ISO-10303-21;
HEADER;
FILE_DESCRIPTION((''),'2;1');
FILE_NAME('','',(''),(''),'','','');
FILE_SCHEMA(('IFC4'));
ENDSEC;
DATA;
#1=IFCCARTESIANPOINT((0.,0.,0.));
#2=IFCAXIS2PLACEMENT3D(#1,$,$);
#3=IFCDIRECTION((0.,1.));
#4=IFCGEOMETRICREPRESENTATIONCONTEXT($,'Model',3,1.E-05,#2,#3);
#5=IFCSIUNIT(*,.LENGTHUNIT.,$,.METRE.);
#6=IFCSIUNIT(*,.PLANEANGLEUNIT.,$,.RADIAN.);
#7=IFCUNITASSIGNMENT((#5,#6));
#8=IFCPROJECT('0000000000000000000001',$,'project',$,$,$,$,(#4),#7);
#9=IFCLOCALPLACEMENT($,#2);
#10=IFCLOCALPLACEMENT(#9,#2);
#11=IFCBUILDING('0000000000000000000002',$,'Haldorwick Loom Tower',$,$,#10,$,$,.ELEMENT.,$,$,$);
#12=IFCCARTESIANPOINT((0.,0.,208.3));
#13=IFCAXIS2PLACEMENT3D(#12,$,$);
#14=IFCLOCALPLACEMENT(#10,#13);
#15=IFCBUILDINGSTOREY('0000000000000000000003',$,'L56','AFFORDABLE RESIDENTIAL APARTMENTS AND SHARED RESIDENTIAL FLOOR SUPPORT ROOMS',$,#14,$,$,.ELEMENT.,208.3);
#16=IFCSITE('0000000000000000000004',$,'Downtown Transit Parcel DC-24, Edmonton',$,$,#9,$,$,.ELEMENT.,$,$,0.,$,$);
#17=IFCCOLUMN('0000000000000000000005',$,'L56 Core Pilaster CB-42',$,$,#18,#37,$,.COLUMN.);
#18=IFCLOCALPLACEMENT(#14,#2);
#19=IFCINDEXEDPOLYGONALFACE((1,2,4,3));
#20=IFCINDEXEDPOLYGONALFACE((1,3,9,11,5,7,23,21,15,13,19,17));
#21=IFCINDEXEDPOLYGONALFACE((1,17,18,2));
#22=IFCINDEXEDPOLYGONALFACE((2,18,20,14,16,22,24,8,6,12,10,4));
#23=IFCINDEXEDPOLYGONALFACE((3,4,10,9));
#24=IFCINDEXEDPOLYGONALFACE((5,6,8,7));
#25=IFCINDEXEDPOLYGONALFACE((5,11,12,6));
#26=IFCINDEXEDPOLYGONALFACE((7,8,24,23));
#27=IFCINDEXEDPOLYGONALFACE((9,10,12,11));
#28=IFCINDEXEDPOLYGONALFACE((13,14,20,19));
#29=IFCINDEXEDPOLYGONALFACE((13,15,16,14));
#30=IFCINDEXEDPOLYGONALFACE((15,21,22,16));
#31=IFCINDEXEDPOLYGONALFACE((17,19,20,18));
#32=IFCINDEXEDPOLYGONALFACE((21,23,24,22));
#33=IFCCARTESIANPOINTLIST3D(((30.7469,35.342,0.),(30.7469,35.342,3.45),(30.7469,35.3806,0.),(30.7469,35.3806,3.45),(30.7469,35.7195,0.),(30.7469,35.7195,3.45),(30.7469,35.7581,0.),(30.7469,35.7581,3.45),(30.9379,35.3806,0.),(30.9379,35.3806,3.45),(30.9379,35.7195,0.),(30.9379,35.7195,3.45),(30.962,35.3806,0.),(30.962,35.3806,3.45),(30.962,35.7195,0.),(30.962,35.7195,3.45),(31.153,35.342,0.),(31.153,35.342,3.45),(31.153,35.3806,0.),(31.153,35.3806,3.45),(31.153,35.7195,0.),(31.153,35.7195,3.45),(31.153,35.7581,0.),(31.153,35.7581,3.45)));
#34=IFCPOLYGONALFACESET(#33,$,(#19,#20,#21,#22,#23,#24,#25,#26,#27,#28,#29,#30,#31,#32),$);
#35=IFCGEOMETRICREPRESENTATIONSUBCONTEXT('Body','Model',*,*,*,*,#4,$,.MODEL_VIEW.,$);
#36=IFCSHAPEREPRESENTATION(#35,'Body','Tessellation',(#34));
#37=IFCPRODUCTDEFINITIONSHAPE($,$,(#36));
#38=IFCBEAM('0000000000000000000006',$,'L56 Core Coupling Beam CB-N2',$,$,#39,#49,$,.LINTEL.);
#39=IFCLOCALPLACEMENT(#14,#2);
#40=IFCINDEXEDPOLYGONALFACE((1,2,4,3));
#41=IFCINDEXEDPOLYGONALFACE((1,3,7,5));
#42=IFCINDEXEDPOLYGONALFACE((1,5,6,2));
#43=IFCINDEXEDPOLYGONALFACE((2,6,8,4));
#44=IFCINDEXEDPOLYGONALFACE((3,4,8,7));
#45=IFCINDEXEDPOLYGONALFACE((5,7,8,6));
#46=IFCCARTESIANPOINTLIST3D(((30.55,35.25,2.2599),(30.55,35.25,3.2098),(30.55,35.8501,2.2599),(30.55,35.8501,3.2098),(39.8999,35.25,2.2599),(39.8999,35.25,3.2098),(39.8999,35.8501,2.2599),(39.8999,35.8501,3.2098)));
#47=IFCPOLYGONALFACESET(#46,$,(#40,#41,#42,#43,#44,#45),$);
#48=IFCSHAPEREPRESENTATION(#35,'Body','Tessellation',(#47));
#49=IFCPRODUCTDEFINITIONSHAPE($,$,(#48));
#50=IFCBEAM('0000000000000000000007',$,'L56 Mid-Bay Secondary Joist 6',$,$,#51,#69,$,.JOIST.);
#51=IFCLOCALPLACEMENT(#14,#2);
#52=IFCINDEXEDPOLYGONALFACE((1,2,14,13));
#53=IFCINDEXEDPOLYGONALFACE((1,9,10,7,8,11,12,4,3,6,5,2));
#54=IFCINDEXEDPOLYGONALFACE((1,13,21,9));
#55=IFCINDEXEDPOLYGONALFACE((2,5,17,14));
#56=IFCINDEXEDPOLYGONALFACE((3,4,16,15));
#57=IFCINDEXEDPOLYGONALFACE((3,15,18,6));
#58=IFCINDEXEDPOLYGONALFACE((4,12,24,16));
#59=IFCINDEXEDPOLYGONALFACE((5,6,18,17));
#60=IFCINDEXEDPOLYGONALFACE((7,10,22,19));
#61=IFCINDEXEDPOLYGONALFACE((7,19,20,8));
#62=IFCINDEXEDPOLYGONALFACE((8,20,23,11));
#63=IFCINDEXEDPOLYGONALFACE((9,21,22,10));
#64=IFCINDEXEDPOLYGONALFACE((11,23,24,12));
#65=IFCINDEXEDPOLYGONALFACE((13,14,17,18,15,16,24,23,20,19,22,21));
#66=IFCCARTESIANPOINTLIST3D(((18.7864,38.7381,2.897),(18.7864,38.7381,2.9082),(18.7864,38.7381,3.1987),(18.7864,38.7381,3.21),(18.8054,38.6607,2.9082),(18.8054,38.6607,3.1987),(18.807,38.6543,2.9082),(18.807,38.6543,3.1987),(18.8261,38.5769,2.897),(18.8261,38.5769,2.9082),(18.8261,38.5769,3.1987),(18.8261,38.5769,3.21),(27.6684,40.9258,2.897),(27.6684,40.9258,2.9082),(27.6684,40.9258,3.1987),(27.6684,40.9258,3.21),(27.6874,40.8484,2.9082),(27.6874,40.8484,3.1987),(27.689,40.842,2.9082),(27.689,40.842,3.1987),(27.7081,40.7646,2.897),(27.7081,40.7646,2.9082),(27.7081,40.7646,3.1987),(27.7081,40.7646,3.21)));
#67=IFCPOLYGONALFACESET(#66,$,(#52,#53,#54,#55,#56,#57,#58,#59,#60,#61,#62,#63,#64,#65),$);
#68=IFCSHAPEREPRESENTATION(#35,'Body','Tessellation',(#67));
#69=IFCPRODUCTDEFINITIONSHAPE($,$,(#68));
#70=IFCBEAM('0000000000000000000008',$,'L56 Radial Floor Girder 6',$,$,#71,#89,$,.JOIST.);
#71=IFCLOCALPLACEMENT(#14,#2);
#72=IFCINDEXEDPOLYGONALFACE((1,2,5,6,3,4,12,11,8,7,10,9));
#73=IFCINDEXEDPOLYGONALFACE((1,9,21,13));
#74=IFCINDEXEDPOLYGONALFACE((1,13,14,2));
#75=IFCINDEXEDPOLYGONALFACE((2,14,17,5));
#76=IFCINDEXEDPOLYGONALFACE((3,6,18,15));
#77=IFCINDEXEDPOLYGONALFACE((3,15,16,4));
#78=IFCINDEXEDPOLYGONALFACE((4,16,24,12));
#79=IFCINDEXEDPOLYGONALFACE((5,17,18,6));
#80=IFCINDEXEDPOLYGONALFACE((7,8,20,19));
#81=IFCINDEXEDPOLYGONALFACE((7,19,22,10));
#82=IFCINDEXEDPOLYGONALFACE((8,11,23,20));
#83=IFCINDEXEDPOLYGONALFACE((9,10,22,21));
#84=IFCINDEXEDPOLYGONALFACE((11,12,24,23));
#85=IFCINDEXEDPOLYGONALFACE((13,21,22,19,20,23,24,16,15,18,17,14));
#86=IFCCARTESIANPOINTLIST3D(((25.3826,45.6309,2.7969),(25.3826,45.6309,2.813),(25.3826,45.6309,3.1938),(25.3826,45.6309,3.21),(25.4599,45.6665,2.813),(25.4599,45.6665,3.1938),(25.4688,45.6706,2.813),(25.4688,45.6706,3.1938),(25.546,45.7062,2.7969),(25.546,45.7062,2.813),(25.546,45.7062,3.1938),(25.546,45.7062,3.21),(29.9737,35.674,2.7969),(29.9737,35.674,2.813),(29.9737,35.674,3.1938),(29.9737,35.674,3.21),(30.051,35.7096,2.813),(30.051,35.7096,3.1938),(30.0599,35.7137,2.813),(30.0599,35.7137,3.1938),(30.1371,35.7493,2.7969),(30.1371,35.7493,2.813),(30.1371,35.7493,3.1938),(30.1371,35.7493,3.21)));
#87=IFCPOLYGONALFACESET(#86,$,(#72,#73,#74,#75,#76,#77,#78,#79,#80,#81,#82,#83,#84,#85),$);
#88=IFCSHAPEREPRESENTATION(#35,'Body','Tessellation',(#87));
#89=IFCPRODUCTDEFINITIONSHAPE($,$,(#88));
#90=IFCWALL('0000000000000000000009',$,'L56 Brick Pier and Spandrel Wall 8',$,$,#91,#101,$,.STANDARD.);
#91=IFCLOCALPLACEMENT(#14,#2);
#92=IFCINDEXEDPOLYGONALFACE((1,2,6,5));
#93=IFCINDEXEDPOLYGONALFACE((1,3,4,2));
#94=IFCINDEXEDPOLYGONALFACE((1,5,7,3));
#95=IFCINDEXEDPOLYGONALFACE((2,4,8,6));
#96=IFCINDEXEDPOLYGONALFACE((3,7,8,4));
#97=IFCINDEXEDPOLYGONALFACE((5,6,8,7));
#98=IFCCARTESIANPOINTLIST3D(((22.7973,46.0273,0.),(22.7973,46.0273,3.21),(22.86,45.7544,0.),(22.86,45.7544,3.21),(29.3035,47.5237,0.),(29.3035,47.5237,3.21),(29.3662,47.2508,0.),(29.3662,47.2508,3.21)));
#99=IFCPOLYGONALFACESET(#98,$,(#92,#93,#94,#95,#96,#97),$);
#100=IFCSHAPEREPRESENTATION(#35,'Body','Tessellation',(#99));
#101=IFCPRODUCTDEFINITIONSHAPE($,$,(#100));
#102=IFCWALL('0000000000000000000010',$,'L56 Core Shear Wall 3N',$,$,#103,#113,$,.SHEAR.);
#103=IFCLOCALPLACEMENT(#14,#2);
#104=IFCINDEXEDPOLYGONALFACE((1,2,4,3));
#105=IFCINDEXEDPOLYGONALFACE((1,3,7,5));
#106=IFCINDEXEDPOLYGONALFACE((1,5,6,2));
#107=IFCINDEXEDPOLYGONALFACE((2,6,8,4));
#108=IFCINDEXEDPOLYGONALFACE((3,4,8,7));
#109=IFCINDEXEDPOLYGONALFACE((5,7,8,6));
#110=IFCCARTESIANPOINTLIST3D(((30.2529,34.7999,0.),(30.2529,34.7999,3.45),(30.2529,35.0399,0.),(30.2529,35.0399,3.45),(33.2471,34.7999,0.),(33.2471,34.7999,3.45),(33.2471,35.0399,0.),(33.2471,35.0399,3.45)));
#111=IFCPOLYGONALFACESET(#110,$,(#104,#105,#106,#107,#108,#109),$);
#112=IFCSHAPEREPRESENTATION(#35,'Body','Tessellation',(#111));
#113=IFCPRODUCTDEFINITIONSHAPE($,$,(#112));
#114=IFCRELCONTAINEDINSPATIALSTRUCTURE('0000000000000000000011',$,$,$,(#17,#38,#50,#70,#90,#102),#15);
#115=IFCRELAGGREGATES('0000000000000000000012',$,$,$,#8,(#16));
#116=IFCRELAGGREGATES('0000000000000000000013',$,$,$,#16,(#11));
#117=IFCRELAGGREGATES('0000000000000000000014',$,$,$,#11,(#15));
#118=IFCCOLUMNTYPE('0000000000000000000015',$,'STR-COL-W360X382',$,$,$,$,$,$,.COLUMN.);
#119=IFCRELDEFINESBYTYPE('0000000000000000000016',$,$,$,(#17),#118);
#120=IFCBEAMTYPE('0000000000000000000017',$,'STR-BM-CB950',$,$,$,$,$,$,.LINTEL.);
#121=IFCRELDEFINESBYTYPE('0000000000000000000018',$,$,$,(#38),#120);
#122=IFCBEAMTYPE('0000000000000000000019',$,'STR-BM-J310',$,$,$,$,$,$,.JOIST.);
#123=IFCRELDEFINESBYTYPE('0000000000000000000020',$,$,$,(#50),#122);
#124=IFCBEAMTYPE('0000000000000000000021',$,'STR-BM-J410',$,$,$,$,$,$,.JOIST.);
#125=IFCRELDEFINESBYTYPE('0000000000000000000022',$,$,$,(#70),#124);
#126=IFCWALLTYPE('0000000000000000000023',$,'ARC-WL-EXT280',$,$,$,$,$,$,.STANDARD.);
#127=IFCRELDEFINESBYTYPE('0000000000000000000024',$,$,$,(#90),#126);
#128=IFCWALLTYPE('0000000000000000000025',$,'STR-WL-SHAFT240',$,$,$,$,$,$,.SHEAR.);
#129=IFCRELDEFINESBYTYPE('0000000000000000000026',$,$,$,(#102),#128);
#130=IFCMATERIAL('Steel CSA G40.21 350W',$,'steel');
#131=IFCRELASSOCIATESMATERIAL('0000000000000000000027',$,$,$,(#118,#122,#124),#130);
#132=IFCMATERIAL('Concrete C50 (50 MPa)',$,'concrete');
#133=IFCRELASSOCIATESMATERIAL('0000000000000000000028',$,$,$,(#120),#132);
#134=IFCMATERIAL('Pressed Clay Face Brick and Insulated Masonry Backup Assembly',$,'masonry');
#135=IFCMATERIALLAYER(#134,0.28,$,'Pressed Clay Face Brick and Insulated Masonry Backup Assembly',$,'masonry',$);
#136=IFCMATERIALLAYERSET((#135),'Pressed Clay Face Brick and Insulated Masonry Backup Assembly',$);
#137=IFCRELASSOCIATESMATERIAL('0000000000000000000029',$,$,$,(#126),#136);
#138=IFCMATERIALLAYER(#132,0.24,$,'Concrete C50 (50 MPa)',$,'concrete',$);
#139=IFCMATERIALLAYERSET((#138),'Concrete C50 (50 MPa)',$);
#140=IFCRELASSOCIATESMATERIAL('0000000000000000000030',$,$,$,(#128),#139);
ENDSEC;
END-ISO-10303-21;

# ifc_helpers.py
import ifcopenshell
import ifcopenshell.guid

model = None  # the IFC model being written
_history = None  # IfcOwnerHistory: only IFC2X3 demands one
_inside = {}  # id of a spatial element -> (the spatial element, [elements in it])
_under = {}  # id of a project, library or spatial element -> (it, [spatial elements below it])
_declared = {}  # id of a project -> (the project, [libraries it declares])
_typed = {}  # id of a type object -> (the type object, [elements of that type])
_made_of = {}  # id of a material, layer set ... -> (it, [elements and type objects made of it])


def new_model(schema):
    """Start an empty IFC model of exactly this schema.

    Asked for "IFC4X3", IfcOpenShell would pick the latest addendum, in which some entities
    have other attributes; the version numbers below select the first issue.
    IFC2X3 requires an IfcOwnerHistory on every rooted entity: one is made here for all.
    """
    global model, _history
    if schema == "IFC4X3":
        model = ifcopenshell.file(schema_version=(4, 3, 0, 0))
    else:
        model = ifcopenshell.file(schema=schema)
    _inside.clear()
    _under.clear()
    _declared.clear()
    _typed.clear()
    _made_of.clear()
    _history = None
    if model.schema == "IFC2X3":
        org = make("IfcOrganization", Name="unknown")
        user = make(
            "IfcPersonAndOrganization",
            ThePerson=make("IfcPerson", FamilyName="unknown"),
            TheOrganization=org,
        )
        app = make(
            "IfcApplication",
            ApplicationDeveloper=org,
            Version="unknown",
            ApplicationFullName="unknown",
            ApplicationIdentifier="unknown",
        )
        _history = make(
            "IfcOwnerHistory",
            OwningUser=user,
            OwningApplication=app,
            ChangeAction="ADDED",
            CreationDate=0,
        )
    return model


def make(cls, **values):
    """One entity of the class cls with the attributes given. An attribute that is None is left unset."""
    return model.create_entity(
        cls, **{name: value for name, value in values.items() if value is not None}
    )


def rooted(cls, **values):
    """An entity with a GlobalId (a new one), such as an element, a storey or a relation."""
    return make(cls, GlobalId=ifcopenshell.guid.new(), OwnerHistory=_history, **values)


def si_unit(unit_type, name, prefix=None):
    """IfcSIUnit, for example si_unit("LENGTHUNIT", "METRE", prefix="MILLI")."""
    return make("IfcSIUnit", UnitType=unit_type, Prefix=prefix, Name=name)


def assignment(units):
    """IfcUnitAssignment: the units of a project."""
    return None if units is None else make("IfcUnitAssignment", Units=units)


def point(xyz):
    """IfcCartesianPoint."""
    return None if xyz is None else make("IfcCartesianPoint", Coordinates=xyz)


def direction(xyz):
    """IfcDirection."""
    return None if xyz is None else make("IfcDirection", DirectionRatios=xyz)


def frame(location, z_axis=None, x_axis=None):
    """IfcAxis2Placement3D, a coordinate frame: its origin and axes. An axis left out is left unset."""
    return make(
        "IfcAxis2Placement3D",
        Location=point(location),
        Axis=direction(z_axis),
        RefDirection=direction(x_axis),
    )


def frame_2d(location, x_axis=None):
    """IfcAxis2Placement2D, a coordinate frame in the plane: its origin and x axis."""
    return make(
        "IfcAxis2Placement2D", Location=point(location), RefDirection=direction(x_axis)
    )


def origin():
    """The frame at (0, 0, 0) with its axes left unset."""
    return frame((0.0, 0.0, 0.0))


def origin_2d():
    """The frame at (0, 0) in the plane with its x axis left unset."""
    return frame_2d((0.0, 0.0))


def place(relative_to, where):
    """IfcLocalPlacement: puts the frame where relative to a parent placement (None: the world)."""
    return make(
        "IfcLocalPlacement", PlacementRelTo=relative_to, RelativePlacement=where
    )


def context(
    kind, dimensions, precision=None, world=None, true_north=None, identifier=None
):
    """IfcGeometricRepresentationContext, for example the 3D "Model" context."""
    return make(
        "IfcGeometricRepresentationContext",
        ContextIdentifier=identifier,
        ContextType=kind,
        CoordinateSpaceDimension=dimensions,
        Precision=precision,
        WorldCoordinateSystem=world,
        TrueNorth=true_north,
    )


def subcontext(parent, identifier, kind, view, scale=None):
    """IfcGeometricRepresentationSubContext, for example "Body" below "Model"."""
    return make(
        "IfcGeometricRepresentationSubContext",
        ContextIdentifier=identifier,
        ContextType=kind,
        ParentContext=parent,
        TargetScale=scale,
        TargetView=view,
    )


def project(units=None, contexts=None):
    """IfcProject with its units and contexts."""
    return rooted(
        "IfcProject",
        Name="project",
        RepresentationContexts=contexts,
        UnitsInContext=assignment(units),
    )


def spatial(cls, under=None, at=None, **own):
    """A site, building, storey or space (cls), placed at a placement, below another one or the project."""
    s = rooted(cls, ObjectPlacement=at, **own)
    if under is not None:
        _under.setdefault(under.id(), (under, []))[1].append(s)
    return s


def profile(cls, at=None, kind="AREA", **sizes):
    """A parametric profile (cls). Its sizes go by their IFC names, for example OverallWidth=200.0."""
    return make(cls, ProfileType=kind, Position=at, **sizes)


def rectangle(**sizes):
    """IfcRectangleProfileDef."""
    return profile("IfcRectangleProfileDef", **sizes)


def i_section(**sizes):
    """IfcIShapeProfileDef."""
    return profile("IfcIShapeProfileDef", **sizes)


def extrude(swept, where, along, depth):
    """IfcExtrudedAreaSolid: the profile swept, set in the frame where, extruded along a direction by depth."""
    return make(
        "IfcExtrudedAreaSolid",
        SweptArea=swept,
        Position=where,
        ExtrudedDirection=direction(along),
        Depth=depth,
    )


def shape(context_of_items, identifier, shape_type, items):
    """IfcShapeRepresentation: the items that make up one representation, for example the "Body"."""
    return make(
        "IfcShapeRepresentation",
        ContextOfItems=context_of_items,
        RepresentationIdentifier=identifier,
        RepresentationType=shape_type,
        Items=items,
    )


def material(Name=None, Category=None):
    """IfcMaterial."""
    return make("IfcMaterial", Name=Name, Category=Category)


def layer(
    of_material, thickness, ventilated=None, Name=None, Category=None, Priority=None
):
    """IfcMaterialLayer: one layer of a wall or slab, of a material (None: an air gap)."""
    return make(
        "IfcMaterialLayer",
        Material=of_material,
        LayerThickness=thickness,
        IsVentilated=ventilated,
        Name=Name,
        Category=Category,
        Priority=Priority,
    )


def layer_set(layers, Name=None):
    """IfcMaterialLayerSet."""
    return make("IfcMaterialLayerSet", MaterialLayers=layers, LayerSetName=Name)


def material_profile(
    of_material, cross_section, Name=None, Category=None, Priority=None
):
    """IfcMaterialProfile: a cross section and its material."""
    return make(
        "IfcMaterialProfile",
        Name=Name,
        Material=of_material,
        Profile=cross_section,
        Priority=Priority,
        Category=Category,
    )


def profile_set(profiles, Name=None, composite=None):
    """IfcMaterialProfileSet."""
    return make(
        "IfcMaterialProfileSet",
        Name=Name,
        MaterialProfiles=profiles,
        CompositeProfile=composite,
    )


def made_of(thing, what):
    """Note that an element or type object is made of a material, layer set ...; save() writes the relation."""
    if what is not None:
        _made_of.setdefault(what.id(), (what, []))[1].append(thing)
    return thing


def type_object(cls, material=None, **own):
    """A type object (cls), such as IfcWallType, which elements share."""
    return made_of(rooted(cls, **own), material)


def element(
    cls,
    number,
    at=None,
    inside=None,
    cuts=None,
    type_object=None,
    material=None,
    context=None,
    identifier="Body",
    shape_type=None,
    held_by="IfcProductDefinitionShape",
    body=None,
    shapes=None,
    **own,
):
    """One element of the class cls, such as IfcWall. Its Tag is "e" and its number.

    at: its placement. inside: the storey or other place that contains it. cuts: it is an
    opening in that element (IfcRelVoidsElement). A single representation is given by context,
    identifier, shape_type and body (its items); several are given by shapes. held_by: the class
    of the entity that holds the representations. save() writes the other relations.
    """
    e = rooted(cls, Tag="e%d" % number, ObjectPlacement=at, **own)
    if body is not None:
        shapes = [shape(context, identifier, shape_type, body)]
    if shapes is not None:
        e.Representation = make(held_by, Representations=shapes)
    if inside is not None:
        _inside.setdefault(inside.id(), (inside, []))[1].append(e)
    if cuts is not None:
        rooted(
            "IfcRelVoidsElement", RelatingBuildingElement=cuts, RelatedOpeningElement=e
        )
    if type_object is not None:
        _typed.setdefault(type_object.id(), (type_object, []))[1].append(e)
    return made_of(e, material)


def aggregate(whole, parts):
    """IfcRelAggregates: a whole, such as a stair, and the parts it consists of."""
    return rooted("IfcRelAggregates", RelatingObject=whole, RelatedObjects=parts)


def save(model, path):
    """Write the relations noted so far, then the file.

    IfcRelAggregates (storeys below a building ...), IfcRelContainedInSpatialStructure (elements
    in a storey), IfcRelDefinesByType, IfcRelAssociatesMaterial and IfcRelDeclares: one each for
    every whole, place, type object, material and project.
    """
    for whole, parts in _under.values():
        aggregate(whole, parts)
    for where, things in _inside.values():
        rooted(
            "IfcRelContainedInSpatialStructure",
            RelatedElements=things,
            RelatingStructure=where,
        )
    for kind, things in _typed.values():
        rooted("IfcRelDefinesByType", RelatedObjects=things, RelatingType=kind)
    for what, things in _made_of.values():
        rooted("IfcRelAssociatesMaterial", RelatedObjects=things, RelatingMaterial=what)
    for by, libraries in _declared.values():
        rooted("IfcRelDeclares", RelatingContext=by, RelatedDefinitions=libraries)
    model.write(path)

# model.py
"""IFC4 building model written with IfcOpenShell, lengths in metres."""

from ifc_helpers import new_model, si_unit, direction, frame, frame_2d, origin, origin_2d, place, context, subcontext, project, spatial, rectangle, i_section, extrude, material, layer, layer_set, material_profile, profile_set, type_object, element, save


model = new_model("IFC4")

# Units and contexts
model_context = context("Model", 3, precision=1e-05, world=origin(), true_north=direction((0.0, 1.0)))
body_context = subcontext(model_context, "Body", "Model", "MODEL_VIEW")
ifc_project = project(units=[si_unit("LENGTHUNIT", "METRE"), si_unit("PLANEANGLEUNIT", "RADIAN")], contexts=[model_context])

# Site, building, storey
site_placement = place(None, origin())
site = spatial("IfcSite", under=ifc_project, at=site_placement, Name="Downtown Transit Parcel DC-24, Edmonton", CompositionType="ELEMENT", RefElevation=0.0)
building_placement = place(site_placement, origin())
building = spatial("IfcBuilding", under=site, at=building_placement, Name="Haldorwick Loom Tower", CompositionType="ELEMENT")
storey_placement = place(building_placement, frame((0.0, 0.0, 208.3)))
storey = spatial("IfcBuildingStorey", under=building, at=storey_placement, Name="L56", Description="AFFORDABLE RESIDENTIAL APARTMENTS AND SHARED RESIDENTIAL FLOOR SUPPORT ROOMS", CompositionType="ELEMENT", Elevation=208.3)

# Column
ifc_material_1 = material(Name="Steel CSA G40.21 350W", Category="steel")
ifc_material_profile_1 = material_profile(ifc_material_1, i_section(OverallWidth=0.406, OverallDepth=0.416, WebThickness=0.0242, FlangeThickness=0.0386, at=origin_2d()), Name="W360X382", Category="steel")
ifc_profile_set_1 = profile_set([ifc_material_profile_1], Name="Steel CSA G40.21 350W")
column_type_1 = type_object("IfcColumnType", Name="STR-COL-W360X382", PredefinedType="COLUMN", material=ifc_profile_set_1)
for number, where, z_axis, x_axis, name in (
    (1, (30.95, 35.55, 0.0), (0.0, 0.0, 1.0), (1.0, 0.0, 0.0), "L56 Core Pilaster CB-42"),
):
    element("IfcColumn", number, at=place(storey_placement, frame(where, z_axis=z_axis, x_axis=x_axis)), inside=storey, type_object=column_type_1, Name=name, PredefinedType="COLUMN", context=body_context, shape_type="SweptSolid", body=[
        extrude(i_section(OverallWidth=0.406, OverallDepth=0.416, WebThickness=0.0242, FlangeThickness=0.0386, at=origin_2d()), origin(), (0.0, 0.0, 1.0), 3.45),
    ])

# Beams
ifc_material_2 = material(Name="Concrete C50 (50 MPa)", Category="concrete")
ifc_material_profile_2 = material_profile(ifc_material_2, rectangle(XDim=0.6001, YDim=0.95, at=origin_2d()), Name="RC600X950", Category="concrete")
ifc_profile_set_2 = profile_set([ifc_material_profile_2], Name="Concrete C50 (50 MPa)")
beam_type_1 = type_object("IfcBeamType", Name="STR-BM-CB950", PredefinedType="LINTEL", material=ifc_profile_set_2)
beam_1_placement = place(storey_placement, frame((30.55, 35.55, 2.7349), z_axis=(1.0, 0.0, 0.0), x_axis=(0.0, 1.0, 0.0)))
element("IfcBeam", 2, at=beam_1_placement, inside=storey, type_object=beam_type_1, Name="L56 Core Coupling Beam CB-N2", PredefinedType="LINTEL", context=body_context, shape_type="SweptSolid", body=[
    extrude(rectangle(XDim=0.6001, YDim=0.95, at=origin_2d()), origin(), (0.0, 0.0, 1.0), 9.3499),
])
ifc_material_profile_3 = material_profile(ifc_material_1, i_section(OverallWidth=0.166, OverallDepth=0.313, WebThickness=0.0066, FlangeThickness=0.0112, at=origin_2d()), Name="W310X45", Category="steel")
ifc_profile_set_3 = profile_set([ifc_material_profile_3], Name="Steel CSA G40.21 350W")
beam_type_2 = type_object("IfcBeamType", Name="STR-BM-J310", PredefinedType="JOIST", material=ifc_profile_set_3)
beam_2_placement = place(storey_placement, frame((27.6882, 40.8452, 3.0535), z_axis=(-0.97098, -0.239162, 0.0), x_axis=(0.239162, -0.97098, 0.0)))
element("IfcBeam", 3, at=beam_2_placement, inside=storey, type_object=beam_type_2, Name="L56 Mid-Bay Secondary Joist 6", PredefinedType="JOIST", context=body_context, shape_type="SweptSolid", body=[
    extrude(i_section(OverallWidth=0.166, OverallDepth=0.313, WebThickness=0.0066, FlangeThickness=0.0112, at=origin_2d()), origin(), (0.0, 0.0, 1.0), 9.1475),
])
ifc_material_profile_4 = material_profile(ifc_material_1, i_section(OverallWidth=0.1799, OverallDepth=0.4131, WebThickness=0.0098, FlangeThickness=0.0161, at=origin_2d()), Name="W410X74", Category="steel")
ifc_profile_set_4 = profile_set([ifc_material_profile_4], Name="Steel CSA G40.21 350W")
beam_type_3 = type_object("IfcBeamType", Name="STR-BM-J410", PredefinedType="JOIST", material=ifc_profile_set_4)
beam_3_placement = place(storey_placement, frame((30.0554, 35.7117, 3.0034), z_axis=(-0.418729, 0.908111, 0.0), x_axis=(-0.908111, -0.418729, 0.0)))
element("IfcBeam", 4, at=beam_3_placement, inside=storey, type_object=beam_type_3, Name="L56 Radial Floor Girder 6", PredefinedType="JOIST", context=body_context, shape_type="SweptSolid", body=[
    extrude(i_section(OverallWidth=0.1799, OverallDepth=0.4131, WebThickness=0.0098, FlangeThickness=0.0161, at=origin_2d()), origin(), (0.0, 0.0, 1.0), 10.9644),
])

# Walls
ifc_material_3 = material(Name="Pressed Clay Face Brick and Insulated Masonry Backup Assembly", Category="masonry")
ifc_layer_1 = layer(ifc_material_3, 0.28, Name="Pressed Clay Face Brick and Insulated Masonry Backup Assembly", Category="masonry")
ifc_layer_set_1 = layer_set([ifc_layer_1], Name="Pressed Clay Face Brick and Insulated Masonry Backup Assembly")
wall_type_1 = type_object("IfcWallType", Name="ARC-WL-EXT280", PredefinedType="STANDARD", material=ifc_layer_set_1)
wall_1_placement = place(storey_placement, frame((29.3347, 47.3872, 0.0), z_axis=(0.0, 0.0, 1.0), x_axis=(-0.974557, -0.224138, 0.0)))
element("IfcWall", 5, at=wall_1_placement, inside=storey, type_object=wall_type_1, Name="L56 Brick Pier and Spandrel Wall 8", PredefinedType="STANDARD", context=body_context, shape_type="SweptSolid", body=[
    extrude(rectangle(XDim=6.676, YDim=0.28, at=frame_2d((3.3379, 0.0))), origin(), (0.0, 0.0, 1.0), 3.21),
])
ifc_layer_2 = layer(ifc_material_2, 0.24, Name="Concrete C50 (50 MPa)", Category="concrete")
ifc_layer_set_2 = layer_set([ifc_layer_2], Name="Concrete C50 (50 MPa)")
wall_type_2 = type_object("IfcWallType", Name="STR-WL-SHAFT240", PredefinedType="SHEAR", material=ifc_layer_set_2)
wall_2_placement = place(storey_placement, frame((30.2529, 34.9199, 0.0), z_axis=(0.0, 0.0, 1.0), x_axis=(1.0, 0.0, 0.0)))
element("IfcWall", 6, at=wall_2_placement, inside=storey, type_object=wall_type_2, Name="L56 Core Shear Wall 3N", PredefinedType="SHEAR", context=body_context, shape_type="SweptSolid", body=[
    extrude(rectangle(XDim=2.9941, YDim=0.24, at=frame_2d((1.4971, 0.0))), origin(), (0.0, 0.0, 1.0), 3.45),
])

save(model, "model.ifc")
